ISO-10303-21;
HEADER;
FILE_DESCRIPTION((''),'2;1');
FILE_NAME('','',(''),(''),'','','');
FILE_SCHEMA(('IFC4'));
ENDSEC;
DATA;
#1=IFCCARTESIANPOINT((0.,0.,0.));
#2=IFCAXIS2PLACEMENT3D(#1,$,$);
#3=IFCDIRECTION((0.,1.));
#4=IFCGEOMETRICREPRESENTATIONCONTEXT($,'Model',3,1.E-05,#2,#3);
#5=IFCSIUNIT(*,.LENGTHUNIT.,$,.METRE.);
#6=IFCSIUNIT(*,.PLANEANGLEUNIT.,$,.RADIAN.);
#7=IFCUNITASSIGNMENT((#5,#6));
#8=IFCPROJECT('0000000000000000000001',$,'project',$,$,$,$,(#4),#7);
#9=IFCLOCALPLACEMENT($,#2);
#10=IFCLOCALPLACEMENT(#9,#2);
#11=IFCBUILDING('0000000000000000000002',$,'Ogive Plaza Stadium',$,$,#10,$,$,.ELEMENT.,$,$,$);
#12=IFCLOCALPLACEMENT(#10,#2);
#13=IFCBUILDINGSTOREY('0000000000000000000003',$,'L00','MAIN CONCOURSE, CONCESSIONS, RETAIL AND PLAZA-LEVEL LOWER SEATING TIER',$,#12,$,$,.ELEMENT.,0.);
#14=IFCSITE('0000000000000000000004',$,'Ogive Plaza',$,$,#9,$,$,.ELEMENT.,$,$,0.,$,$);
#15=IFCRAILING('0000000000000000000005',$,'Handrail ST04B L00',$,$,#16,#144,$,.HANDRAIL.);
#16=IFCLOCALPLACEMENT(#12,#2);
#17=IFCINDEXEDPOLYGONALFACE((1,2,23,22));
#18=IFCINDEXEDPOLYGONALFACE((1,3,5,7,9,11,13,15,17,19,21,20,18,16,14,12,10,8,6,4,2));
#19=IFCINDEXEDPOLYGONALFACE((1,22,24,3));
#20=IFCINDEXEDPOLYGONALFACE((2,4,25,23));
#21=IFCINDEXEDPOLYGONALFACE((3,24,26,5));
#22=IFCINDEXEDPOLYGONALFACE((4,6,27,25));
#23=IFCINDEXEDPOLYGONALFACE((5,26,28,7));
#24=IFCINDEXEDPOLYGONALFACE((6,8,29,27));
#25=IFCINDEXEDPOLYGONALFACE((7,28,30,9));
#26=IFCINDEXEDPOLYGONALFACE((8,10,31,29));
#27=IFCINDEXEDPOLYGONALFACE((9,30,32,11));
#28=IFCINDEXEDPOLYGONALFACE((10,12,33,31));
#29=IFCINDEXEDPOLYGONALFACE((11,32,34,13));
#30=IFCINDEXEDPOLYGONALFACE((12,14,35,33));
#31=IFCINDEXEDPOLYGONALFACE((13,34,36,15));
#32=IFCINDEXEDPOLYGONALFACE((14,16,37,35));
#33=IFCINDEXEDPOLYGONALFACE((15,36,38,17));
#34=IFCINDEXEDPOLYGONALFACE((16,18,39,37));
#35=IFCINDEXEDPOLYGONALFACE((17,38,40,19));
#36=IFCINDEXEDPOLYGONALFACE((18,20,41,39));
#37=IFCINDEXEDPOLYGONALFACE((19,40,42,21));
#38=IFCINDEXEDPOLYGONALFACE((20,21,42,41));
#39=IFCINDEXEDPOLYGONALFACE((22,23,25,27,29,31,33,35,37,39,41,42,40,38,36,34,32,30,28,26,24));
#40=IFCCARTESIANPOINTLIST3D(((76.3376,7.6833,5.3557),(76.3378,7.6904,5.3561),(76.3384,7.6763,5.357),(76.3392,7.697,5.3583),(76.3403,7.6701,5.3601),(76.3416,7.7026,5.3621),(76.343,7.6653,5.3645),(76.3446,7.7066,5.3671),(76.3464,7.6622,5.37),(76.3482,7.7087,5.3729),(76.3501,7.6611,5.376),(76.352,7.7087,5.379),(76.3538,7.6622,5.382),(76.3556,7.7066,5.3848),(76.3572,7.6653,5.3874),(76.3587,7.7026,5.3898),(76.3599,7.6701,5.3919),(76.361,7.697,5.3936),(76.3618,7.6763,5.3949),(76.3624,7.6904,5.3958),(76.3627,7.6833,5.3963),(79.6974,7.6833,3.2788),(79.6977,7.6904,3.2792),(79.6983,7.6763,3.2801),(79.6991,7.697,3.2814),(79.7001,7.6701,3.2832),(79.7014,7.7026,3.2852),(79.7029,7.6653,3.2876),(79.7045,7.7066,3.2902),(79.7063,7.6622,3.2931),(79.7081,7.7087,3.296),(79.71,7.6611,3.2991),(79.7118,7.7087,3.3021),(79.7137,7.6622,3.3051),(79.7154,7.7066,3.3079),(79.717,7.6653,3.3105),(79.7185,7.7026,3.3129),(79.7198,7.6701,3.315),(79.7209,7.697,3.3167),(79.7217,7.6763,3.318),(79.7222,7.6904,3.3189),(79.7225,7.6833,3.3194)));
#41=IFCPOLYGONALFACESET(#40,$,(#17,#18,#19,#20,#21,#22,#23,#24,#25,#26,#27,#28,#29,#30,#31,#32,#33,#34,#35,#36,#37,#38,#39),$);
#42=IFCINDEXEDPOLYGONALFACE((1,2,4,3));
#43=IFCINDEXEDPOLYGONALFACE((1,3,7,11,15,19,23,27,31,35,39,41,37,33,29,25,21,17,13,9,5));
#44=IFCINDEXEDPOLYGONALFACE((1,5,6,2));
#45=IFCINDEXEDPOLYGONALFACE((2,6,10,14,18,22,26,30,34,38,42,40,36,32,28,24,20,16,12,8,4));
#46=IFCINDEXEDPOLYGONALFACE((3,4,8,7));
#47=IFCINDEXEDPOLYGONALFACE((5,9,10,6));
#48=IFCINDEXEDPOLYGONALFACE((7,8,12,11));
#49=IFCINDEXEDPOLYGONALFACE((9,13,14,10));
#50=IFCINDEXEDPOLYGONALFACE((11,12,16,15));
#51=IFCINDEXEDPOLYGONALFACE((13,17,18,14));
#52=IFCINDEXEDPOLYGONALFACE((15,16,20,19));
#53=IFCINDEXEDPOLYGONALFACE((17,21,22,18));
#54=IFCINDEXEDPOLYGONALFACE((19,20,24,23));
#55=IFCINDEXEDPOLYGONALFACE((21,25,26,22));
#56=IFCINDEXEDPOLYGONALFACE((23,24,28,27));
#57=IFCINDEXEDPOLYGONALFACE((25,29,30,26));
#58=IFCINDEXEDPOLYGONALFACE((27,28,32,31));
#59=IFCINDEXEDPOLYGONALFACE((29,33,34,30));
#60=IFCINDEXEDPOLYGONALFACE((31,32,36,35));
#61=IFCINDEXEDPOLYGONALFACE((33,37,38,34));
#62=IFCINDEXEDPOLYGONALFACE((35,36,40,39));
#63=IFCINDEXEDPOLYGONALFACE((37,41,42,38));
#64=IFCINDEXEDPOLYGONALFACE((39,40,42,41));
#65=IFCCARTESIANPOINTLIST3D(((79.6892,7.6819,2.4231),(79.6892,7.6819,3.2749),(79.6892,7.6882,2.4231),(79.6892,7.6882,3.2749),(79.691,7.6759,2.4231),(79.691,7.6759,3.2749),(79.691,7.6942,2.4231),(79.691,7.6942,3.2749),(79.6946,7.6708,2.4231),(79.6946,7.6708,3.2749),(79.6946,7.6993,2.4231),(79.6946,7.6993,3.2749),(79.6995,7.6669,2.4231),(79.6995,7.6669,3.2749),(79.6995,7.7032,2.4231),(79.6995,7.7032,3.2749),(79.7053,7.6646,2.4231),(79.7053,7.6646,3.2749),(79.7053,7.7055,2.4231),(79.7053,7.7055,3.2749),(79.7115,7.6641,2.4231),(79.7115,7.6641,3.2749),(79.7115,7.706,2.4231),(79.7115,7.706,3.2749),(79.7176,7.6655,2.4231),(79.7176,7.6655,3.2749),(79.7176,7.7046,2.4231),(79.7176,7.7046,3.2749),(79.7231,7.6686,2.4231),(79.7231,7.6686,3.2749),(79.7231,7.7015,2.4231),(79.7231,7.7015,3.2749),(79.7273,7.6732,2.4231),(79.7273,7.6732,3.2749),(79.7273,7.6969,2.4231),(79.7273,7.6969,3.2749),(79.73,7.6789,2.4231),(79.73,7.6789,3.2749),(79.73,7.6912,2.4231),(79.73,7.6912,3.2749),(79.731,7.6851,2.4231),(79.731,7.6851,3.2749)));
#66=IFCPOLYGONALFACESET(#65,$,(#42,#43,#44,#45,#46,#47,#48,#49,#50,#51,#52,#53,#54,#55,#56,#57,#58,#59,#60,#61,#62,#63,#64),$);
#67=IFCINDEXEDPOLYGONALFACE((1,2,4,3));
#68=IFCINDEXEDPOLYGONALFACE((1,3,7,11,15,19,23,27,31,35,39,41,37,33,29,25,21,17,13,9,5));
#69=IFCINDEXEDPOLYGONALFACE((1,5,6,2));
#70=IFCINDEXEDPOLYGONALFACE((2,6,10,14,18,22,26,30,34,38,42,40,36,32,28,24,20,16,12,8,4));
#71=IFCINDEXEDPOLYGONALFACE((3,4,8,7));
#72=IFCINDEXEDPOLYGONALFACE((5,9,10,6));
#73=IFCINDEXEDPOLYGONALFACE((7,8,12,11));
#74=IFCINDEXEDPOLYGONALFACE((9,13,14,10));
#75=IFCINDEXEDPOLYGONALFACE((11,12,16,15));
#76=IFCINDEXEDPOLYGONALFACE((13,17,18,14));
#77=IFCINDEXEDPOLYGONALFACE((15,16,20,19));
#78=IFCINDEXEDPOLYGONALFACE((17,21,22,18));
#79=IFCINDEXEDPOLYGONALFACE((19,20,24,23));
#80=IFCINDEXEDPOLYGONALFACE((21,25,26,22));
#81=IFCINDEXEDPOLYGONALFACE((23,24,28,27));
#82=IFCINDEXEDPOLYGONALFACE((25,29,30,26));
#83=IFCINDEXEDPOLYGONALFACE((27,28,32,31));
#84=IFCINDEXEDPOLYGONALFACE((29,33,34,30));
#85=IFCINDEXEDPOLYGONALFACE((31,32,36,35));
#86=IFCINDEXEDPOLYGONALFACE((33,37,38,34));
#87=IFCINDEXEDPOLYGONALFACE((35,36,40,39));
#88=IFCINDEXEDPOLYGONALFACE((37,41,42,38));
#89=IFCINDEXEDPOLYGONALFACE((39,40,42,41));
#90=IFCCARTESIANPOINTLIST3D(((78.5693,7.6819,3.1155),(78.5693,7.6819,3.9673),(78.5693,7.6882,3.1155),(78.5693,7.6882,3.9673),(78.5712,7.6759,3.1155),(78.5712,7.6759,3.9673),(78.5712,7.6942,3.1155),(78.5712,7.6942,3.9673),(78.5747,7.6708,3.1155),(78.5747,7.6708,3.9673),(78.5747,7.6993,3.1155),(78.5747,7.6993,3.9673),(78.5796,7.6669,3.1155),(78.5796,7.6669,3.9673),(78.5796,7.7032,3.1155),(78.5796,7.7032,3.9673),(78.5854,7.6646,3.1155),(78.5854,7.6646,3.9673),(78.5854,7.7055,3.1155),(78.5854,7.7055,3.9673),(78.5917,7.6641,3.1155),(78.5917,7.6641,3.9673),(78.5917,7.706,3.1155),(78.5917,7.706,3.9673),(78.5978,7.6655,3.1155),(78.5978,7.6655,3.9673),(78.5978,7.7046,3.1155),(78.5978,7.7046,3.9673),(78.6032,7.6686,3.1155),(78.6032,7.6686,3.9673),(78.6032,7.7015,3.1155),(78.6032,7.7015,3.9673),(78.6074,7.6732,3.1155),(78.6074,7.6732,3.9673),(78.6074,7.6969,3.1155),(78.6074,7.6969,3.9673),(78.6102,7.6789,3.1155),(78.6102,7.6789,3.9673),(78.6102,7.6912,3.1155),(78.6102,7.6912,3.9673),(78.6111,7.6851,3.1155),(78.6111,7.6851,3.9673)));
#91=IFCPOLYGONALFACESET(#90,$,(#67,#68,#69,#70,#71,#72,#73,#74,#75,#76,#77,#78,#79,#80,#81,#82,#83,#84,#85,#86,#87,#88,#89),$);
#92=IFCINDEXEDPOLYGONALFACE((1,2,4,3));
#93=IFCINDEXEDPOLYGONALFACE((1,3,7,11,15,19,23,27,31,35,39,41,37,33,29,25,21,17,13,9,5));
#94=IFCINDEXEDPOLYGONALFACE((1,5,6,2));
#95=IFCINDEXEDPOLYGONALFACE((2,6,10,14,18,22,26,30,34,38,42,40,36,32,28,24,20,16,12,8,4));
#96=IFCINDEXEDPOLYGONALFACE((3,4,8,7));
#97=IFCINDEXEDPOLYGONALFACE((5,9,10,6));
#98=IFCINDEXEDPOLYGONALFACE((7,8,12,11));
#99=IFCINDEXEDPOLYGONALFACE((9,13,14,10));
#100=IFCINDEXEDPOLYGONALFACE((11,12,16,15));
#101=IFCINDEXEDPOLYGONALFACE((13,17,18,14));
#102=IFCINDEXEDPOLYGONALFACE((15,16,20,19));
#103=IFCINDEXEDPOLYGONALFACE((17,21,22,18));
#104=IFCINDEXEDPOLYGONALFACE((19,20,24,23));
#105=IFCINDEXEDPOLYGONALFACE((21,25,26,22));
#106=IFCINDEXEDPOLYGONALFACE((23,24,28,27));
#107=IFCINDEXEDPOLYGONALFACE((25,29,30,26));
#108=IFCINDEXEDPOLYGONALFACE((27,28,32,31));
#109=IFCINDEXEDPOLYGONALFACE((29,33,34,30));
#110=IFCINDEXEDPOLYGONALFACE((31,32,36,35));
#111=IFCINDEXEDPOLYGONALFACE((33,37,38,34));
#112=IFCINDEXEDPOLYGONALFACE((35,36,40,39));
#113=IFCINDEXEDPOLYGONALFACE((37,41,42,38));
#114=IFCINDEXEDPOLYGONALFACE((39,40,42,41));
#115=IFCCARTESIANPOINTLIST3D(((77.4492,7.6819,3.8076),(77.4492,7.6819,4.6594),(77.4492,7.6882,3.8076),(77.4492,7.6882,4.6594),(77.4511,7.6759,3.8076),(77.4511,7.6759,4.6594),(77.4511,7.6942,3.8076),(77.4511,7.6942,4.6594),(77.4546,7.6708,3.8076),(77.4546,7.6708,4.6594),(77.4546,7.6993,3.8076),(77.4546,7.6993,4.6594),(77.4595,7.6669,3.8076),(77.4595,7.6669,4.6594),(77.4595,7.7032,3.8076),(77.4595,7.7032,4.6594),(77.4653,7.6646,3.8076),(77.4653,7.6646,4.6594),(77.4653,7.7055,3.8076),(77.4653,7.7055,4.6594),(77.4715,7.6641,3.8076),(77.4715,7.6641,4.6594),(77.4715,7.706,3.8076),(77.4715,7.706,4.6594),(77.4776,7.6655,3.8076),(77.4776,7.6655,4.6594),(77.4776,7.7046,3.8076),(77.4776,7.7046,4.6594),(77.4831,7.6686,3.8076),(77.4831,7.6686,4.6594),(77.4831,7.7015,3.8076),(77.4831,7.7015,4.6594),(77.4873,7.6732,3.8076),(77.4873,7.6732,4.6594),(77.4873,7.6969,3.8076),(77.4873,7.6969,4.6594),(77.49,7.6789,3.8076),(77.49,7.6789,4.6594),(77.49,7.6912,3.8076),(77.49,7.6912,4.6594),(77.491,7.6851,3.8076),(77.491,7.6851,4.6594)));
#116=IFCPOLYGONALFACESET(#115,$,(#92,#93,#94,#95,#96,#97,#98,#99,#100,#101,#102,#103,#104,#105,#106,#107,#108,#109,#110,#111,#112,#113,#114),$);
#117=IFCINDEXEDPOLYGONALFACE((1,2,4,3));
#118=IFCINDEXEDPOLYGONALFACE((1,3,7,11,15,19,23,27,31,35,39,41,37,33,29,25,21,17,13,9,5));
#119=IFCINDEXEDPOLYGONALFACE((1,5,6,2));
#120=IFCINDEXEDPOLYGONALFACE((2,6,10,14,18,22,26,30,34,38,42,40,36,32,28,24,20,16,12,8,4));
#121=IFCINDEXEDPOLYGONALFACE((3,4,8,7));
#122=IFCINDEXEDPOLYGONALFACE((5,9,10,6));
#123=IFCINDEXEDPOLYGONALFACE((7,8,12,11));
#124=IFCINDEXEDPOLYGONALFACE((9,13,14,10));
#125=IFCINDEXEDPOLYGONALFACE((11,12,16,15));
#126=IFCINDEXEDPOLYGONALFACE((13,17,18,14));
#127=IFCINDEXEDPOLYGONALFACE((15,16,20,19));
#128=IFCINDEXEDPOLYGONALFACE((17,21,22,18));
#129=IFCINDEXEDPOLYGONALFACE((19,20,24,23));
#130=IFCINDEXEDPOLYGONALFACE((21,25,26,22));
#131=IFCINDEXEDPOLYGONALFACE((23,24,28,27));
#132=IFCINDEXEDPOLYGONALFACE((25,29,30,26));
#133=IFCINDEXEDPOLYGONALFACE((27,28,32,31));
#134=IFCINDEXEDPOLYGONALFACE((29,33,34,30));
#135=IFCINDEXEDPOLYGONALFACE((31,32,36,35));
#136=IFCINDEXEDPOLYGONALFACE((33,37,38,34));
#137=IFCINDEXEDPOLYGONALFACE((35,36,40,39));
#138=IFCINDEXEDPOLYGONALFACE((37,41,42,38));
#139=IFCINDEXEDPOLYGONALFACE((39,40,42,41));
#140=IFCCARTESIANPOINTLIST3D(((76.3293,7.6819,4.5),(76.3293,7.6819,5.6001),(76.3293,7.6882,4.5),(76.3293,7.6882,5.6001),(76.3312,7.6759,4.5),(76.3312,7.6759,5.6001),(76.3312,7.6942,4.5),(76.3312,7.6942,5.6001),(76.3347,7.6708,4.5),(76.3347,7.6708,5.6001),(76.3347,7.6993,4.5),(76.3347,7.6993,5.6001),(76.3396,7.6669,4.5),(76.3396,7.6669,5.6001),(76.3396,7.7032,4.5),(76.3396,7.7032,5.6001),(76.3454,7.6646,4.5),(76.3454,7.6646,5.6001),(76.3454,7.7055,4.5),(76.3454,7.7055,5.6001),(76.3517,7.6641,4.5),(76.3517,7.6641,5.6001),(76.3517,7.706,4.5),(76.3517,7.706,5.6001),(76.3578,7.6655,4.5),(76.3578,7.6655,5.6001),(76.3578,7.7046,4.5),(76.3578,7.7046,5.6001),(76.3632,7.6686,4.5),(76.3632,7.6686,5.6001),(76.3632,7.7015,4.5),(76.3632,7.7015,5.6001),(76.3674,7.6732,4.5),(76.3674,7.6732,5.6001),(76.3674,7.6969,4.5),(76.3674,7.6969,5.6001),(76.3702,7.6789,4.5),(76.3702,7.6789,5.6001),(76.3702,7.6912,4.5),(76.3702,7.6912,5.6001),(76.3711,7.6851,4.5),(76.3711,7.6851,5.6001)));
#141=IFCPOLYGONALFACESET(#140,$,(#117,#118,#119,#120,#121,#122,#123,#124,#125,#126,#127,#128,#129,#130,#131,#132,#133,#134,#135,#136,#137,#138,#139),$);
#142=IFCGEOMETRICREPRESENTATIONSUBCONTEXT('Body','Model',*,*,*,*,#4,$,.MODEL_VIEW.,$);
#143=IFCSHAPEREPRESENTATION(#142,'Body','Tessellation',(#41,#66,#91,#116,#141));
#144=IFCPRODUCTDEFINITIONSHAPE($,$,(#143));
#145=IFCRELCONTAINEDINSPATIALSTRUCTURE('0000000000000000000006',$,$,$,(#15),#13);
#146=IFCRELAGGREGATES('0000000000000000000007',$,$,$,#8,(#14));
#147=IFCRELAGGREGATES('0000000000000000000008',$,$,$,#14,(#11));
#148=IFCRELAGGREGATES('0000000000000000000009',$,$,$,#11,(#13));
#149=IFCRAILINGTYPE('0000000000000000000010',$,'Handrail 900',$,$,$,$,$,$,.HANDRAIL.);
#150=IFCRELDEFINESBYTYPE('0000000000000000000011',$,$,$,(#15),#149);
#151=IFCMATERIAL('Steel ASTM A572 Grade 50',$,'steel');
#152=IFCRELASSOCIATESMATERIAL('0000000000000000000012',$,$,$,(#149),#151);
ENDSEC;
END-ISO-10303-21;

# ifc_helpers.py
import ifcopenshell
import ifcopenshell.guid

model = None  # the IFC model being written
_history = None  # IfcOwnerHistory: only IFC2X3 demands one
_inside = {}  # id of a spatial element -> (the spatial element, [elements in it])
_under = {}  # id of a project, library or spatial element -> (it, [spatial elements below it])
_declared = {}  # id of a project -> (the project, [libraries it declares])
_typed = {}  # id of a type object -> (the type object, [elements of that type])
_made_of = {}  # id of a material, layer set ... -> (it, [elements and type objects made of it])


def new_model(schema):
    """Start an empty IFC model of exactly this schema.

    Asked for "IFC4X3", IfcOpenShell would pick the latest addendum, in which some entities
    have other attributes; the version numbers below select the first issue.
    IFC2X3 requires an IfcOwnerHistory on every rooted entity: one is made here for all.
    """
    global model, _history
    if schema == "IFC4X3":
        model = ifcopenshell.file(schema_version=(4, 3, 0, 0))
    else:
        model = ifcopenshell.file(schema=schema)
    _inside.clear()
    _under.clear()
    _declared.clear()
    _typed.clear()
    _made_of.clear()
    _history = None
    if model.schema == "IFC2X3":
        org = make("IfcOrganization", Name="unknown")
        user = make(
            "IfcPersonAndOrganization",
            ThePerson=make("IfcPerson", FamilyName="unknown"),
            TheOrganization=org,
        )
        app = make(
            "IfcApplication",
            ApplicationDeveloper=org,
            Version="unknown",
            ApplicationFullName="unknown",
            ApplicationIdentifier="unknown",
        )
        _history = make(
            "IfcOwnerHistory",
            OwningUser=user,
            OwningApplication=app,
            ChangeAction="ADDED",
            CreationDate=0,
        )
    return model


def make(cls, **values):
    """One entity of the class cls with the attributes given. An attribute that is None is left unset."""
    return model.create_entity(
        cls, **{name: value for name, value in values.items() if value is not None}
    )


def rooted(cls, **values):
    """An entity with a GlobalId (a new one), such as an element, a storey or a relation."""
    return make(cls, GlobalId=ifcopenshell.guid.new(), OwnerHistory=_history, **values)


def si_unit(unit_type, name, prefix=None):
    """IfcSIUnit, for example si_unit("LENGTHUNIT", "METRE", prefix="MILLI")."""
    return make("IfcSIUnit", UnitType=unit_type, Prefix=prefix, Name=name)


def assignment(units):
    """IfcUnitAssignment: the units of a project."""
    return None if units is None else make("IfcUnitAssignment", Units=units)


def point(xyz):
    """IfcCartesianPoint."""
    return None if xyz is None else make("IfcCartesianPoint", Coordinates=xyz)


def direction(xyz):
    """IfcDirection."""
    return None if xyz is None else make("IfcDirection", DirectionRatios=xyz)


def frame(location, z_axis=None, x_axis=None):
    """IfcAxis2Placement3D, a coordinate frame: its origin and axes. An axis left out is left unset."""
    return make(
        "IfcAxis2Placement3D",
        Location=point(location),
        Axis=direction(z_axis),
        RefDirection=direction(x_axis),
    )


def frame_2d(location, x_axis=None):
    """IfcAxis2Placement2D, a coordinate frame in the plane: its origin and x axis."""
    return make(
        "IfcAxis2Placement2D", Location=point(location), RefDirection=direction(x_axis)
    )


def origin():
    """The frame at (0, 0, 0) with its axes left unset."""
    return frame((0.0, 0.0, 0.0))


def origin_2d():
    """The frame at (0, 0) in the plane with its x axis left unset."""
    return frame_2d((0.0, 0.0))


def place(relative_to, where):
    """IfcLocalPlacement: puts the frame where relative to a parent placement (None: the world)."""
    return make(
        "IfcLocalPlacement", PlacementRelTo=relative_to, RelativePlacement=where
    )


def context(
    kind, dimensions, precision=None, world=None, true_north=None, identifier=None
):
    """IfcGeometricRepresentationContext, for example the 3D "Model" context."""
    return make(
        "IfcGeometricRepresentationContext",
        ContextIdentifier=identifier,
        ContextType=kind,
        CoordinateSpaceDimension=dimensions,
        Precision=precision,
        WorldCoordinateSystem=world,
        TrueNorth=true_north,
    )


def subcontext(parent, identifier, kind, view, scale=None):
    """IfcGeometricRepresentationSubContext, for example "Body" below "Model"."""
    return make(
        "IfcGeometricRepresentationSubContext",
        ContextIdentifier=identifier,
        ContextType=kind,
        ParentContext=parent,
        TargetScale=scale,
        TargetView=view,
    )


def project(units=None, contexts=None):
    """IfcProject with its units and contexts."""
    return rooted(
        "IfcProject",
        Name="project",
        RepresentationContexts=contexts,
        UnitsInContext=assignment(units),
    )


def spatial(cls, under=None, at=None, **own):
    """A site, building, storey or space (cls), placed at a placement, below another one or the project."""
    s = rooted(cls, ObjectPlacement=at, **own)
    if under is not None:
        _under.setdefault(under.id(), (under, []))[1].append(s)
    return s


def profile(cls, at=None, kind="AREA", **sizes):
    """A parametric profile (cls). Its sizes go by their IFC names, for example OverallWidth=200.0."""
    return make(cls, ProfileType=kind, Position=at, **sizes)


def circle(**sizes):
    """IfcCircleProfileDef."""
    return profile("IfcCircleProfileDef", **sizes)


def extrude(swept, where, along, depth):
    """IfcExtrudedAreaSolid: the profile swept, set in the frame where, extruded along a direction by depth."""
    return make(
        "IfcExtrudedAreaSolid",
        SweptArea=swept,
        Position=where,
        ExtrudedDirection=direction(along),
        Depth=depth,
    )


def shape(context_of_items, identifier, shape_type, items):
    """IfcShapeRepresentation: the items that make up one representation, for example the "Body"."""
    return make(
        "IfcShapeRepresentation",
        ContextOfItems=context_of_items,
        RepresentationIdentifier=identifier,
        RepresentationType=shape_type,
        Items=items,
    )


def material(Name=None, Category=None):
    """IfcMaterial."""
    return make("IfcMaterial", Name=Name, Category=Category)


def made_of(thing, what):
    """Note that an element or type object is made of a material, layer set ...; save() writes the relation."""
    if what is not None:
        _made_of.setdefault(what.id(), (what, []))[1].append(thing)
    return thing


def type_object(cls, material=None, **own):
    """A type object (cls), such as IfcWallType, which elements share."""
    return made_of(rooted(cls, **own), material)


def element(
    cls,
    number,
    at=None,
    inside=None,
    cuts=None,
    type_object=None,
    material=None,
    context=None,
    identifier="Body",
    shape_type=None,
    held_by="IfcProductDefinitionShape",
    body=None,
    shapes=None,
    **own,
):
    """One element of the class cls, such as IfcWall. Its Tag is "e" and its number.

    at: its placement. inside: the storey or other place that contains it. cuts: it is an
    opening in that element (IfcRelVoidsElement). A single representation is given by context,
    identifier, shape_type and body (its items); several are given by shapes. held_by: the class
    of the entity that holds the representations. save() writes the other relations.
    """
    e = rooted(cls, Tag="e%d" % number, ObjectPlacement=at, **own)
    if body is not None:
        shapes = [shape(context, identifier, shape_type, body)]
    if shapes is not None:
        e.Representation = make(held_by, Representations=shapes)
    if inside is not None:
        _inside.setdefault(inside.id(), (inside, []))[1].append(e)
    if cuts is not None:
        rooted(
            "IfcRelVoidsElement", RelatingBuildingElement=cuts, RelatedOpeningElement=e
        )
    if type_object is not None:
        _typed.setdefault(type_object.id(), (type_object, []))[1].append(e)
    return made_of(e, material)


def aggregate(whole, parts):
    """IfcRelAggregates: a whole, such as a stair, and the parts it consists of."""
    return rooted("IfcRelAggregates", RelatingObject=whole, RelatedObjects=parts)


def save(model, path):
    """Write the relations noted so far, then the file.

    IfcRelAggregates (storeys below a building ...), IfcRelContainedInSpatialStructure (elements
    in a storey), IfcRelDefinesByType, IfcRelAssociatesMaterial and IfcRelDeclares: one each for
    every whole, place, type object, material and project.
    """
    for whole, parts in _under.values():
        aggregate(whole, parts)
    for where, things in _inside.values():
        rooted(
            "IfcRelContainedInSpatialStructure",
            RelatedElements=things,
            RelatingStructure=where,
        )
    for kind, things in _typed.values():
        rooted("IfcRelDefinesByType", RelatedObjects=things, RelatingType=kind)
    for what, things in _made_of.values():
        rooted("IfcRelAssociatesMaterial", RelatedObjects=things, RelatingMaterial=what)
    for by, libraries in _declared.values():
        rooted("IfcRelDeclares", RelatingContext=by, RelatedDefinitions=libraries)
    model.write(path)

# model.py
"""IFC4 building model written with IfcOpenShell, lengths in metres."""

from ifc_helpers import new_model, si_unit, direction, frame, origin, origin_2d, place, context, subcontext, project, spatial, circle, extrude, material, type_object, element, save


model = new_model("IFC4")

# Units and contexts
model_context = context("Model", 3, precision=1e-05, world=origin(), true_north=direction((0.0, 1.0)))
body_context = subcontext(model_context, "Body", "Model", "MODEL_VIEW")
ifc_project = project(units=[si_unit("LENGTHUNIT", "METRE"), si_unit("PLANEANGLEUNIT", "RADIAN")], contexts=[model_context])

# Site, building, storey
site_placement = place(None, origin())
site = spatial("IfcSite", under=ifc_project, at=site_placement, Name="Ogive Plaza", CompositionType="ELEMENT", RefElevation=0.0)
building_placement = place(site_placement, origin())
building = spatial("IfcBuilding", under=site, at=building_placement, Name="Ogive Plaza Stadium", CompositionType="ELEMENT")
storey_placement = place(building_placement, origin())
storey = spatial("IfcBuildingStorey", under=building, at=storey_placement, Name="L00", Description="MAIN CONCOURSE, CONCESSIONS, RETAIL AND PLAZA-LEVEL LOWER SEATING TIER", CompositionType="ELEMENT", Elevation=0.0)

# Railing
ifc_material_1 = material(Name="Steel ASTM A572 Grade 50", Category="steel")
railing_type_1 = type_object("IfcRailingType", Name="Handrail 900", PredefinedType="HANDRAIL", material=ifc_material_1)
for number, where, name in (
    (1, (79.71, 7.6851, 2.4231), "Handrail ST04B L00"),
):
    element("IfcRailing", number, at=place(storey_placement, frame(where)), inside=storey, type_object=railing_type_1, Name=name, PredefinedType="HANDRAIL", context=body_context, shape_type="SweptSolid", body=[
        extrude(circle(Radius=0.0239, at=origin_2d()), frame((0.0, 0.0, 0.876), z_axis=(-0.850606, 0.0, 0.525803), x_axis=(0.0, -1.0, 0.0)), (0.0, 0.0, 1.0), 3.95),
        extrude(circle(Radius=0.021, at=origin_2d()), origin(), (0.0, 0.0, 1.0), 0.8518),
        extrude(circle(Radius=0.021, at=origin_2d()), frame((-1.1199, 0.0, 0.6924)), (0.0, 0.0, 1.0), 0.8518),
        extrude(circle(Radius=0.021, at=origin_2d()), frame((-2.24, 0.0, 1.3845)), (0.0, 0.0, 1.0), 0.8518),
        extrude(circle(Radius=0.021, at=origin_2d()), frame((-3.3599, 0.0, 2.0769)), (0.0, 0.0, 1.0), 1.1001),
    ])

save(model, "model.ifc")
